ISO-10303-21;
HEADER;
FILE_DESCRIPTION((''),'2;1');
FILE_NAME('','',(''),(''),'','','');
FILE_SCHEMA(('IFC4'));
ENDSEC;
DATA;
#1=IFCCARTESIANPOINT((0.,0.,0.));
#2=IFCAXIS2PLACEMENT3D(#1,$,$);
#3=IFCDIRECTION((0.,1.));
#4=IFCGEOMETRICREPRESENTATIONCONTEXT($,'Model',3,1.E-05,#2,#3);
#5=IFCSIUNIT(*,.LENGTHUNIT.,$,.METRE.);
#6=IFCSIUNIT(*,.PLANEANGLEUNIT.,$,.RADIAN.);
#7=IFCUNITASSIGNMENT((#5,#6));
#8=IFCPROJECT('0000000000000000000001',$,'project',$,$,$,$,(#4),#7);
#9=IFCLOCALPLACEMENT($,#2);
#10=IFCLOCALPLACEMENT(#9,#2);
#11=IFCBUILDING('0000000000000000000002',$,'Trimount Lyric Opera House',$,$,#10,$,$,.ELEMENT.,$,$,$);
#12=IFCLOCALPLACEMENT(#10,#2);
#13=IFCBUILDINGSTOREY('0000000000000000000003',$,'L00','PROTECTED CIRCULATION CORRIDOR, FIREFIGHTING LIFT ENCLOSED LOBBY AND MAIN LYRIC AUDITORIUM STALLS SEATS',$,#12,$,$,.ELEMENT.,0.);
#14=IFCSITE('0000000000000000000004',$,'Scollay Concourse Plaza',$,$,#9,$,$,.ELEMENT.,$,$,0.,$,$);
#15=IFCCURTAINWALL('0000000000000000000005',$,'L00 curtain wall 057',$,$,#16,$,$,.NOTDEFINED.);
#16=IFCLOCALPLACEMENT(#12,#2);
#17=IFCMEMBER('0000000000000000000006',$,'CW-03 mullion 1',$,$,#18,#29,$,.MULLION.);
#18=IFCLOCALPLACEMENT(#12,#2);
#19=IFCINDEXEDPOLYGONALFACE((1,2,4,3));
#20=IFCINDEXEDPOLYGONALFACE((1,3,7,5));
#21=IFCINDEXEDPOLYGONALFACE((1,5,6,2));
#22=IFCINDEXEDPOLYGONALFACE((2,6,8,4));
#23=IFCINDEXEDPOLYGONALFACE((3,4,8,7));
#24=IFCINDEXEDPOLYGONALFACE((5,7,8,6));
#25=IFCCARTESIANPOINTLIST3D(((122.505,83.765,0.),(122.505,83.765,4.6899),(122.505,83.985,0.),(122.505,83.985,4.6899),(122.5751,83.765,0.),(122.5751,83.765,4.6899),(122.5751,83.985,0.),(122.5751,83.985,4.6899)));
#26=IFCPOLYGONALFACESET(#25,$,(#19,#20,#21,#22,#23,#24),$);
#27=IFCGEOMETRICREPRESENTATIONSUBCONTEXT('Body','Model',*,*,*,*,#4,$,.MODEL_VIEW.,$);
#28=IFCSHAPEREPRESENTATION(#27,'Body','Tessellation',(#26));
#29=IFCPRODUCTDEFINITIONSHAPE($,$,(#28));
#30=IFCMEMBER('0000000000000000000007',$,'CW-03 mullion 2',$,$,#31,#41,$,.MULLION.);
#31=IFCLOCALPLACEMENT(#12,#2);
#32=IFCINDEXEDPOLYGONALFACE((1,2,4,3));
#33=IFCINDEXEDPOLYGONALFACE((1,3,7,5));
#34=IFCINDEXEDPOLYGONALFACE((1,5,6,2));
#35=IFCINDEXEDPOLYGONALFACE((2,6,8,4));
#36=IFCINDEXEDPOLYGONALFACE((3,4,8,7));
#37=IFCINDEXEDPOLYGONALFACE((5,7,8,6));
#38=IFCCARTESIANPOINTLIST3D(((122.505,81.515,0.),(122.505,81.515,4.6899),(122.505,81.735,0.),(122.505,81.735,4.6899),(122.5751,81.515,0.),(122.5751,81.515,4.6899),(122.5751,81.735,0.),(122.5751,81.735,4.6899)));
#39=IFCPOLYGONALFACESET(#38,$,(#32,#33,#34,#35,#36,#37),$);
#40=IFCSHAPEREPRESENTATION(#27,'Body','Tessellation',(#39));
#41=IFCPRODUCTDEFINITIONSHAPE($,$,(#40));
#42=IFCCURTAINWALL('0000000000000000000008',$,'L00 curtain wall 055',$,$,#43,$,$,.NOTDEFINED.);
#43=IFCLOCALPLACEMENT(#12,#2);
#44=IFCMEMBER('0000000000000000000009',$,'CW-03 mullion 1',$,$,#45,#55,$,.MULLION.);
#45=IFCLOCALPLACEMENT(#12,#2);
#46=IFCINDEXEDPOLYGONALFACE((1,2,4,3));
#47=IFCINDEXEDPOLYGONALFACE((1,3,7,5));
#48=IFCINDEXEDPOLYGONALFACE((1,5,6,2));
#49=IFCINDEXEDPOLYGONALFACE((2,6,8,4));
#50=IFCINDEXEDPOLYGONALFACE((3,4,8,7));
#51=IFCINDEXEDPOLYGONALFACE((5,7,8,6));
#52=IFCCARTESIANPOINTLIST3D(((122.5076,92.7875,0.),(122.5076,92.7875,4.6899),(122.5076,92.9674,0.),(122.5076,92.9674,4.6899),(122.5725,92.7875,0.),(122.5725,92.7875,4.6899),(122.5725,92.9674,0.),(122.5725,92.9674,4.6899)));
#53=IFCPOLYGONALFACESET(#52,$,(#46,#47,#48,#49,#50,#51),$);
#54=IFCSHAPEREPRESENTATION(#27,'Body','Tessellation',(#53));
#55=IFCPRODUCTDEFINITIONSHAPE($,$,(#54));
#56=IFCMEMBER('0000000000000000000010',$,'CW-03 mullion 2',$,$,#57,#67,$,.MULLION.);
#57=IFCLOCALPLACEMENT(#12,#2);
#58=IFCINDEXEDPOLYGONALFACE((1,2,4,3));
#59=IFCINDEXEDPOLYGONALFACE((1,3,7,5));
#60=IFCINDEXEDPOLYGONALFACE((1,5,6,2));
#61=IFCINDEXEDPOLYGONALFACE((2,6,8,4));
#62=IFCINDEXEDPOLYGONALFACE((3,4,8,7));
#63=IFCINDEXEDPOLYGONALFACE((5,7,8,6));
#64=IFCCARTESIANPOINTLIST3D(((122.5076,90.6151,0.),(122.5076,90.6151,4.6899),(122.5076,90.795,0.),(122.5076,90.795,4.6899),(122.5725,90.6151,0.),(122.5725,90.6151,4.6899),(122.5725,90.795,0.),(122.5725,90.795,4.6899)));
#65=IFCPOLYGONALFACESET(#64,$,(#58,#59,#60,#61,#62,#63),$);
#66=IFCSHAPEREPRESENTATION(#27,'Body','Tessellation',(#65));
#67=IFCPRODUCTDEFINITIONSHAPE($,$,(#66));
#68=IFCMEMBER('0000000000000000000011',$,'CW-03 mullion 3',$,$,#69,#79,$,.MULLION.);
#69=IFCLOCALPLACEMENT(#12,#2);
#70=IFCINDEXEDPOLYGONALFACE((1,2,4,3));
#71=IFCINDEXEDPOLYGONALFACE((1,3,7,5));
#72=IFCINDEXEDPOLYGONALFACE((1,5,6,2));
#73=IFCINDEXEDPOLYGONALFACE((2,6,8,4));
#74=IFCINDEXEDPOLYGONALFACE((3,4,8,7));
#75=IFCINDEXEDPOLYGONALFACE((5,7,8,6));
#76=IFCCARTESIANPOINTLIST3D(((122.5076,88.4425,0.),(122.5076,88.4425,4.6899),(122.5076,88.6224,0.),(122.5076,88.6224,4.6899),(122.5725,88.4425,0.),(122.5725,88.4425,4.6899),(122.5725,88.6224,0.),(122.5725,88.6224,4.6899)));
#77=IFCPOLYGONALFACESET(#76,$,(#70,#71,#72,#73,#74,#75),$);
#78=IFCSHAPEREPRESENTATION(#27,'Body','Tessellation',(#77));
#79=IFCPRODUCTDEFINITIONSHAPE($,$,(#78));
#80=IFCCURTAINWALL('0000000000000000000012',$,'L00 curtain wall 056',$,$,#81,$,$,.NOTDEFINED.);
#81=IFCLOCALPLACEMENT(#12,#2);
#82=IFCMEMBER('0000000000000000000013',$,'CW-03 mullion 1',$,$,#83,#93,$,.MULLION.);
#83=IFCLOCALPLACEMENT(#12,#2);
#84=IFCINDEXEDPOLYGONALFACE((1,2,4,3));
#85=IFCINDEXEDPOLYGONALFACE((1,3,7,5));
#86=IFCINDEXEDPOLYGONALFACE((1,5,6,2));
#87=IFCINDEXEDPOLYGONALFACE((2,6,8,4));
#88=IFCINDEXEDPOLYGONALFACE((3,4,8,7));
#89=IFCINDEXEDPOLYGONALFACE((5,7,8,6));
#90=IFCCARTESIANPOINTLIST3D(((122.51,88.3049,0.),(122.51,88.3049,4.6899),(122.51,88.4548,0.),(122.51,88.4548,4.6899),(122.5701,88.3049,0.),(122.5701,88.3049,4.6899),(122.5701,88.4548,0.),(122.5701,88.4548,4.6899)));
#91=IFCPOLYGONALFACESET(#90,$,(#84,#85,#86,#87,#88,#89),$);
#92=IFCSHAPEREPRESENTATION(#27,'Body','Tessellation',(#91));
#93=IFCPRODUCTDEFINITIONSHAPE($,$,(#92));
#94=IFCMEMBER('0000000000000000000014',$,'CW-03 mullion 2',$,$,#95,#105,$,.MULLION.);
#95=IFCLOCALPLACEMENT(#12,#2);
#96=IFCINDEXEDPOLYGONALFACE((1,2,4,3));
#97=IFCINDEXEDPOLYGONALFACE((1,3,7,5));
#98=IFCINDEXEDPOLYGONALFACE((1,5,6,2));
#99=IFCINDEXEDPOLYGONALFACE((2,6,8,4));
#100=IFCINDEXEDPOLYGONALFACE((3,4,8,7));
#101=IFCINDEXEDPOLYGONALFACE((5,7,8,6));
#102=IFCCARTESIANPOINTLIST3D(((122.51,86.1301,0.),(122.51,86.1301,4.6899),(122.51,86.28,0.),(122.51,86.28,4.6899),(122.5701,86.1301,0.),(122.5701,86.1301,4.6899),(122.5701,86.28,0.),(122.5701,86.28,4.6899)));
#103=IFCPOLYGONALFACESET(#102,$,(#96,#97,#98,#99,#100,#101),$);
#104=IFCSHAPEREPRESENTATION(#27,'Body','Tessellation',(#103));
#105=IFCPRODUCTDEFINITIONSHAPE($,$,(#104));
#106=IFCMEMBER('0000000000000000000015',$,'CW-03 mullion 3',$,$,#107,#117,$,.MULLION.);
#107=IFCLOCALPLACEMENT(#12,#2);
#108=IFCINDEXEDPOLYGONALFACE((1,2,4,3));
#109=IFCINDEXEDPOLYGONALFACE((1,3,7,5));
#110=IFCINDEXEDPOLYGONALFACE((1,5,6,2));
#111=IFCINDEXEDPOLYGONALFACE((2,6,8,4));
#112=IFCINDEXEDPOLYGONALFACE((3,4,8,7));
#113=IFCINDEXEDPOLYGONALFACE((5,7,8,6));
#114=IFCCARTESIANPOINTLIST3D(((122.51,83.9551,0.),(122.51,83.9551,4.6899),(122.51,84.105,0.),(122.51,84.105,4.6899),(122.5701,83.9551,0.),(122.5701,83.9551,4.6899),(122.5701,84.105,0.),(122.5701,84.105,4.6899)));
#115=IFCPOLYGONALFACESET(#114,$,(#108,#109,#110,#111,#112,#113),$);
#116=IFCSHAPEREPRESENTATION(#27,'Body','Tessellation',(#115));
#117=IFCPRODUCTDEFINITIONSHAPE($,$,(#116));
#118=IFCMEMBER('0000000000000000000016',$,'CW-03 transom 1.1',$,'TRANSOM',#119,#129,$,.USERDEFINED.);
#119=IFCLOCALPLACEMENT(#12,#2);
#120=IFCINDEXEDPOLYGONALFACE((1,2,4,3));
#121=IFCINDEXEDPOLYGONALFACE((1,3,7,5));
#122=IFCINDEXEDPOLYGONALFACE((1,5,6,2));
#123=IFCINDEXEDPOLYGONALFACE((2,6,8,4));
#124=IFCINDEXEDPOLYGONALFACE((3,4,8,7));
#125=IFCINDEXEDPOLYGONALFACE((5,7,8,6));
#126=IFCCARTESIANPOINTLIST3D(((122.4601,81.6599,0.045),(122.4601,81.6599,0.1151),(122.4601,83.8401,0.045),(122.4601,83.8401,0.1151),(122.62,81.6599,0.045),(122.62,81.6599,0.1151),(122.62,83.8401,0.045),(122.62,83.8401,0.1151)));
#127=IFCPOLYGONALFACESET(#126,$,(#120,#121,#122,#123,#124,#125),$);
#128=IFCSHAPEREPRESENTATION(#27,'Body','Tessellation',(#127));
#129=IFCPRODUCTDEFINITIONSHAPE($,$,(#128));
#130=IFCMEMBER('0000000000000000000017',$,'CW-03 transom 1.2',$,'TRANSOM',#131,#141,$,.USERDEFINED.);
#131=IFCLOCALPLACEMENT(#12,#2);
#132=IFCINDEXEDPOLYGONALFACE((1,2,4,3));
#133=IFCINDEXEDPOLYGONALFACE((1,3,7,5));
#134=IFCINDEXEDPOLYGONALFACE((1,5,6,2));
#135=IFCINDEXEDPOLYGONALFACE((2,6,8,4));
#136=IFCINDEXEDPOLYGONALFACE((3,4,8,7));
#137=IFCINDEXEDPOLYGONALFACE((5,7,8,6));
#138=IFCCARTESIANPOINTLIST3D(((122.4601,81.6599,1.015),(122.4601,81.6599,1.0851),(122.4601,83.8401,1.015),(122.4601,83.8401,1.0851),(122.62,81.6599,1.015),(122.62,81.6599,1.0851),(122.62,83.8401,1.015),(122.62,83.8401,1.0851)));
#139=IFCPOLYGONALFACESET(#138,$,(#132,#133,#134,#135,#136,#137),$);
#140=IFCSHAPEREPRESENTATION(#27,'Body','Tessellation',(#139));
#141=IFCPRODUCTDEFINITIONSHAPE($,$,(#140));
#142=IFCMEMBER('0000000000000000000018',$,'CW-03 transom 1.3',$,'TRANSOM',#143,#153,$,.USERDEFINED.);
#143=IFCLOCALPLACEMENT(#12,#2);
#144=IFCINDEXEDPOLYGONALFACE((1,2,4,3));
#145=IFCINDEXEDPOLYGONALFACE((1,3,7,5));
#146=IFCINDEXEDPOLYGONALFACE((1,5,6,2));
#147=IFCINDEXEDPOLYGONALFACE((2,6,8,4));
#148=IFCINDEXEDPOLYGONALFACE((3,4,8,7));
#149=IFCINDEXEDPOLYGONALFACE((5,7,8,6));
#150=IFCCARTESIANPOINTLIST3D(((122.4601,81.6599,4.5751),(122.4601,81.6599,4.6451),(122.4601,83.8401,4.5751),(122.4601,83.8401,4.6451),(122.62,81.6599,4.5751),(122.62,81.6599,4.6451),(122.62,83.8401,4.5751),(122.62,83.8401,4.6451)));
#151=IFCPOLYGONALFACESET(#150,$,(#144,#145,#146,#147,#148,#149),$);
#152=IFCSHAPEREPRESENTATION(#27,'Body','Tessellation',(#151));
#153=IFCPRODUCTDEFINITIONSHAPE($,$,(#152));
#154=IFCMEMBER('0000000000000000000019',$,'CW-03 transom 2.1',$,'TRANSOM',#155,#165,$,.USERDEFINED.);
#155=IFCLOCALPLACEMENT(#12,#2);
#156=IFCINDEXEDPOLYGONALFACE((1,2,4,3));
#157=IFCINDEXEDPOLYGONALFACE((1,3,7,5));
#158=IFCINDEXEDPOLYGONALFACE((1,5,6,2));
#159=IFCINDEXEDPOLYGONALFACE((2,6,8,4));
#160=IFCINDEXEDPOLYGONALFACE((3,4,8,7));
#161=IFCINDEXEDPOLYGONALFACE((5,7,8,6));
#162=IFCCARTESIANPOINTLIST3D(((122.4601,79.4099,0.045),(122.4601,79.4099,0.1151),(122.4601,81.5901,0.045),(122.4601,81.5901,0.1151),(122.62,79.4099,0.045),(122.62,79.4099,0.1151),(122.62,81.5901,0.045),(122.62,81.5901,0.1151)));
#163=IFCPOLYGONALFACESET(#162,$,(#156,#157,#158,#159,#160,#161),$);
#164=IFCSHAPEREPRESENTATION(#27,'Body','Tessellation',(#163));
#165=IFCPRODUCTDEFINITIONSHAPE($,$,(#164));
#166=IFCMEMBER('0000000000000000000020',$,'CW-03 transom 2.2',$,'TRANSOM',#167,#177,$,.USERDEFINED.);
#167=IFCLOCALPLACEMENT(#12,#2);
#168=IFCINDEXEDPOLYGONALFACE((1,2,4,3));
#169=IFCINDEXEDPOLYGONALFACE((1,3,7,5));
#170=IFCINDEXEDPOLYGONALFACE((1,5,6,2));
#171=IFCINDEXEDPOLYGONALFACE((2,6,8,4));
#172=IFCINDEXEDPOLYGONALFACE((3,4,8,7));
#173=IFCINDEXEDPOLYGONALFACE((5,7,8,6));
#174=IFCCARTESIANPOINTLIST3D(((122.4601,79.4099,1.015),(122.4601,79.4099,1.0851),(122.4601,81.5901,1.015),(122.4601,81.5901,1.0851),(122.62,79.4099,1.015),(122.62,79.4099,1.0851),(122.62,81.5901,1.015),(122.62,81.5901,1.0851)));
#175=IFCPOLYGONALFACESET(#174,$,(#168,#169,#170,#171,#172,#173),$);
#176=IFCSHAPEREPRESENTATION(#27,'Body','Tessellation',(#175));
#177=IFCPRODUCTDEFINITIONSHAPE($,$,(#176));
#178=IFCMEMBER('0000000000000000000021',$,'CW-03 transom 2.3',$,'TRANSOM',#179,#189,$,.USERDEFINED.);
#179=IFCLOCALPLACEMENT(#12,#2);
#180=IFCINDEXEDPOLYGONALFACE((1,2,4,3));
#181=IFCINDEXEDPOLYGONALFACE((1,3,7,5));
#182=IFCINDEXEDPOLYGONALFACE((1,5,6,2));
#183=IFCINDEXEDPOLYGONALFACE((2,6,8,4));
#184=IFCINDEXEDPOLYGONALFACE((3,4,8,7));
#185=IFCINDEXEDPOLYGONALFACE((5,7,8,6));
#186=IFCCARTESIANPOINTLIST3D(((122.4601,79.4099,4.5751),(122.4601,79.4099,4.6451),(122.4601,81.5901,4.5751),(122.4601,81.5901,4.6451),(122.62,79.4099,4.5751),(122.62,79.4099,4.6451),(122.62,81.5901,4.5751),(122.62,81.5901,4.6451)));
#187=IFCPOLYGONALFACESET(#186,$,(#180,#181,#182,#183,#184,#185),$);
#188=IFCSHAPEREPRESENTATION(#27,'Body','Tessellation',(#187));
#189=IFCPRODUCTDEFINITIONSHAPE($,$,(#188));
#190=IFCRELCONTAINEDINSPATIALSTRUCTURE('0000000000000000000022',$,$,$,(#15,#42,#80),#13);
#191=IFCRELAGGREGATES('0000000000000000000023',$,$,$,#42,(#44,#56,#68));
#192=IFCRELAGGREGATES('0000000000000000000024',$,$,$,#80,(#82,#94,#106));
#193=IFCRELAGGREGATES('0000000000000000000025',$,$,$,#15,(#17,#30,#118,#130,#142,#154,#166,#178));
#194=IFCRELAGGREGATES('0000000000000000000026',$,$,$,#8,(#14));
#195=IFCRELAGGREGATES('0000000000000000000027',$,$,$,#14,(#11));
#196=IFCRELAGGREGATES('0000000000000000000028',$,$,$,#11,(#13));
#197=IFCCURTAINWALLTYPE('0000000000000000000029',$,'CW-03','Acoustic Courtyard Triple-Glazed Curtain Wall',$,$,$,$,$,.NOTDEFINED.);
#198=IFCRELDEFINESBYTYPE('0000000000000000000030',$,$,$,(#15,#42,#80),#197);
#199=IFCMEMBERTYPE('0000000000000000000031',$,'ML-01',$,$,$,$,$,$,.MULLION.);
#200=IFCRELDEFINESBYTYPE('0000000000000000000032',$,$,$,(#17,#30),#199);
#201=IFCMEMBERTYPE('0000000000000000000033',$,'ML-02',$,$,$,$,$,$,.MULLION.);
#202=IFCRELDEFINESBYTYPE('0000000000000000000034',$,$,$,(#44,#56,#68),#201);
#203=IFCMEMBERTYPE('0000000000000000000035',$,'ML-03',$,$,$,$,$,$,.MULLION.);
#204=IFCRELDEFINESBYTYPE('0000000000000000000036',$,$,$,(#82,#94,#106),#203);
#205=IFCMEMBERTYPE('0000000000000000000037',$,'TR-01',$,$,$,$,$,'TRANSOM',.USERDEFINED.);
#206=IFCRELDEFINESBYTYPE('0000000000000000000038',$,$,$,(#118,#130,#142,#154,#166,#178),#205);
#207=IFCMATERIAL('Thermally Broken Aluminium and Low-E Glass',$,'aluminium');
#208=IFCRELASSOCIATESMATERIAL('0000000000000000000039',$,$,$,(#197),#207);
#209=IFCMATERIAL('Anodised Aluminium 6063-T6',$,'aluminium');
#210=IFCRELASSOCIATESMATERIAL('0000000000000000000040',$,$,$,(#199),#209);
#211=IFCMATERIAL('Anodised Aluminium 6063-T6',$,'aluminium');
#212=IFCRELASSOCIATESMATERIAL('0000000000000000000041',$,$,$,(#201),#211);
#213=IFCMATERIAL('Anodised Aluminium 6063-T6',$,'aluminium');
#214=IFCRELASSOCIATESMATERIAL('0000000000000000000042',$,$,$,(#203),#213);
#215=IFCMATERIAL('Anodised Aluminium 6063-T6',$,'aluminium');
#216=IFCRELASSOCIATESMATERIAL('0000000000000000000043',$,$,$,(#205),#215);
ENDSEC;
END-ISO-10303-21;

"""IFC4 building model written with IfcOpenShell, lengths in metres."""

from ifc_helpers import new_model, si_unit, direction, frame, origin, origin_2d, place, context, subcontext, project, spatial, rectangle, extrude, material, material_profile, profile_set, type_object, element, aggregate, save


model = new_model("IFC4")

# Units and contexts
model_context = context("Model", 3, precision=1e-05, world=origin(), true_north=direction((0.0, 1.0)))
body_context = subcontext(model_context, "Body", "Model", "MODEL_VIEW")
ifc_project = project(units=[si_unit("LENGTHUNIT", "METRE"), si_unit("PLANEANGLEUNIT", "RADIAN")], contexts=[model_context])

# Site, building, storey
site_placement = place(None, origin())
site = spatial("IfcSite", under=ifc_project, at=site_placement, Name="Scollay Concourse Plaza", CompositionType="ELEMENT", RefElevation=0.0)
building_placement = place(site_placement, origin())
building = spatial("IfcBuilding", under=site, at=building_placement, Name="Trimount Lyric Opera House", CompositionType="ELEMENT")
storey_placement = place(building_placement, origin())
storey = spatial("IfcBuildingStorey", under=building, at=storey_placement, Name="L00", Description="PROTECTED CIRCULATION CORRIDOR, FIREFIGHTING LIFT ENCLOSED LOBBY AND MAIN LYRIC AUDITORIUM STALLS SEATS", CompositionType="ELEMENT", Elevation=0.0)

# Curtain walls, members
ifc_material_1 = material(Name="Thermally Broken Aluminium and Low-E Glass", Category="aluminium")
curtain_wall_type = type_object("IfcCurtainWallType", Name="CW-03", Description="Acoustic Courtyard Triple-Glazed Curtain Wall", PredefinedType="NOTDEFINED", material=ifc_material_1)
curtain_wall_1_placement = place(storey_placement, origin())
curtain_wall_1 = element("IfcCurtainWall", 1, at=curtain_wall_1_placement, inside=storey, type_object=curtain_wall_type, Name="L00 curtain wall 057", PredefinedType="NOTDEFINED")
ifc_material_2 = material(Name="Anodised Aluminium 6063-T6", Category="aluminium")
ifc_material_profile_1 = material_profile(ifc_material_2, rectangle(XDim=0.0701, YDim=0.22, at=origin_2d()), Name="ALU-MULL-70X220")
ifc_profile_set_1 = profile_set([ifc_material_profile_1], Name="Anodised Aluminium 6063-T6")
member_type_1 = type_object("IfcMemberType", Name="ML-01", PredefinedType="MULLION", material=ifc_profile_set_1)
member_1_placement = place(storey_placement, frame((122.54, 83.875, 0.0), z_axis=(0.0, 0.0, 1.0), x_axis=(1.0, 0.0, 0.0)))
member_1 = element("IfcMember", 2, at=member_1_placement, type_object=member_type_1, Name="CW-03 mullion 1", PredefinedType="MULLION", context=body_context, shape_type="SweptSolid", body=[
    extrude(rectangle(XDim=0.0701, YDim=0.22, at=origin_2d()), origin(), (0.0, 0.0, 1.0), 4.6899),
])
member_2_placement = place(storey_placement, frame((122.54, 81.625, 0.0), z_axis=(0.0, 0.0, 1.0), x_axis=(1.0, 0.0, 0.0)))
member_2 = element("IfcMember", 3, at=member_2_placement, type_object=member_type_1, Name="CW-03 mullion 2", PredefinedType="MULLION", context=body_context, shape_type="SweptSolid", body=[
    extrude(rectangle(XDim=0.0701, YDim=0.22, at=origin_2d()), origin(), (0.0, 0.0, 1.0), 4.6899),
])
curtain_wall_2_placement = place(storey_placement, origin())
curtain_wall_2 = element("IfcCurtainWall", 4, at=curtain_wall_2_placement, inside=storey, type_object=curtain_wall_type, Name="L00 curtain wall 055", PredefinedType="NOTDEFINED")
ifc_material_3 = material(Name="Anodised Aluminium 6063-T6", Category="aluminium")
ifc_material_profile_2 = material_profile(ifc_material_3, rectangle(XDim=0.0649, YDim=0.1799, at=origin_2d()), Name="ALU-MULL-65X180")
ifc_profile_set_2 = profile_set([ifc_material_profile_2], Name="Anodised Aluminium 6063-T6")
member_type_2 = type_object("IfcMemberType", Name="ML-02", PredefinedType="MULLION", material=ifc_profile_set_2)
member_3_placement = place(storey_placement, frame((122.54, 92.8774, 0.0), z_axis=(0.0, 0.0, 1.0), x_axis=(1.0, 0.0, 0.0)))
member_3 = element("IfcMember", 5, at=member_3_placement, type_object=member_type_2, Name="CW-03 mullion 1", PredefinedType="MULLION", context=body_context, shape_type="SweptSolid", body=[
    extrude(rectangle(XDim=0.0649, YDim=0.1799, at=origin_2d()), origin(), (0.0, 0.0, 1.0), 4.6899),
])
member_4_placement = place(storey_placement, frame((122.54, 90.7051, 0.0), z_axis=(0.0, 0.0, 1.0), x_axis=(1.0, 0.0, 0.0)))
member_4 = element("IfcMember", 6, at=member_4_placement, type_object=member_type_2, Name="CW-03 mullion 2", PredefinedType="MULLION", context=body_context, shape_type="SweptSolid", body=[
    extrude(rectangle(XDim=0.0649, YDim=0.1799, at=origin_2d()), origin(), (0.0, 0.0, 1.0), 4.6899),
])
member_5_placement = place(storey_placement, frame((122.54, 88.5325, 0.0), z_axis=(0.0, 0.0, 1.0), x_axis=(1.0, 0.0, 0.0)))
member_5 = element("IfcMember", 7, at=member_5_placement, type_object=member_type_2, Name="CW-03 mullion 3", PredefinedType="MULLION", context=body_context, shape_type="SweptSolid", body=[
    extrude(rectangle(XDim=0.0649, YDim=0.1799, at=origin_2d()), origin(), (0.0, 0.0, 1.0), 4.6899),
])
curtain_wall_3_placement = place(storey_placement, origin())
curtain_wall_3 = element("IfcCurtainWall", 8, at=curtain_wall_3_placement, inside=storey, type_object=curtain_wall_type, Name="L00 curtain wall 056", PredefinedType="NOTDEFINED")
ifc_material_4 = material(Name="Anodised Aluminium 6063-T6", Category="aluminium")
ifc_material_profile_3 = material_profile(ifc_material_4, rectangle(XDim=0.0601, YDim=0.1499, at=origin_2d()), Name="ALU-MULL-60X150")
ifc_profile_set_3 = profile_set([ifc_material_profile_3], Name="Anodised Aluminium 6063-T6")
member_type_3 = type_object("IfcMemberType", Name="ML-03", PredefinedType="MULLION", material=ifc_profile_set_3)
member_6_placement = place(storey_placement, frame((122.54, 88.3799, 0.0), z_axis=(0.0, 0.0, 1.0), x_axis=(1.0, 0.0, 0.0)))
member_6 = element("IfcMember", 9, at=member_6_placement, type_object=member_type_3, Name="CW-03 mullion 1", PredefinedType="MULLION", context=body_context, shape_type="SweptSolid", body=[
    extrude(rectangle(XDim=0.0601, YDim=0.1499, at=origin_2d()), origin(), (0.0, 0.0, 1.0), 4.6899),
])
member_7_placement = place(storey_placement, frame((122.54, 86.2051, 0.0), z_axis=(0.0, 0.0, 1.0), x_axis=(1.0, 0.0, 0.0)))
member_7 = element("IfcMember", 10, at=member_7_placement, type_object=member_type_3, Name="CW-03 mullion 2", PredefinedType="MULLION", context=body_context, shape_type="SweptSolid", body=[
    extrude(rectangle(XDim=0.0601, YDim=0.1499, at=origin_2d()), origin(), (0.0, 0.0, 1.0), 4.6899),
])
member_8_placement = place(storey_placement, frame((122.54, 84.03, 0.0), z_axis=(0.0, 0.0, 1.0), x_axis=(1.0, 0.0, 0.0)))
member_8 = element("IfcMember", 11, at=member_8_placement, type_object=member_type_3, Name="CW-03 mullion 3", PredefinedType="MULLION", context=body_context, shape_type="SweptSolid", body=[
    extrude(rectangle(XDim=0.0601, YDim=0.1499, at=origin_2d()), origin(), (0.0, 0.0, 1.0), 4.6899),
])

# Members
ifc_material_5 = material(Name="Anodised Aluminium 6063-T6", Category="aluminium")
ifc_material_profile_4 = material_profile(ifc_material_5, rectangle(XDim=0.1599, YDim=0.0701, at=origin_2d()), Name="ALU-TRAN-70X160")
ifc_profile_set_4 = profile_set([ifc_material_profile_4], Name="Anodised Aluminium 6063-T6")
member_type_4 = type_object("IfcMemberType", Name="TR-01", ElementType="TRANSOM", PredefinedType="USERDEFINED", material=ifc_profile_set_4)
member_9_placement = place(storey_placement, frame((122.54, 83.8401, 0.0801), z_axis=(0.0, -1.0, 0.0), x_axis=(1.0, 0.0, 0.0)))
member_9 = element("IfcMember", 12, at=member_9_placement, type_object=member_type_4, Name="CW-03 transom 1.1", ObjectType="TRANSOM", PredefinedType="USERDEFINED", context=body_context, shape_type="SweptSolid", body=[
    extrude(rectangle(XDim=0.1599, YDim=0.0701, at=origin_2d()), origin(), (0.0, 0.0, 1.0), 2.1802),
])
member_10_placement = place(storey_placement, frame((122.54, 83.8401, 1.05), z_axis=(0.0, -1.0, 0.0), x_axis=(1.0, 0.0, 0.0)))
member_10 = element("IfcMember", 13, at=member_10_placement, type_object=member_type_4, Name="CW-03 transom 1.2", ObjectType="TRANSOM", PredefinedType="USERDEFINED", context=body_context, shape_type="SweptSolid", body=[
    extrude(rectangle(XDim=0.1599, YDim=0.0701, at=origin_2d()), origin(), (0.0, 0.0, 1.0), 2.1802),
])
member_11_placement = place(storey_placement, frame((122.54, 83.8401, 4.6101), z_axis=(0.0, -1.0, 0.0), x_axis=(1.0, 0.0, 0.0)))
member_11 = element("IfcMember", 14, at=member_11_placement, type_object=member_type_4, Name="CW-03 transom 1.3", ObjectType="TRANSOM", PredefinedType="USERDEFINED", context=body_context, shape_type="SweptSolid", body=[
    extrude(rectangle(XDim=0.1599, YDim=0.0701, at=origin_2d()), origin(), (0.0, 0.0, 1.0), 2.1802),
])
member_12_placement = place(storey_placement, frame((122.54, 81.5901, 0.0801), z_axis=(0.0, -1.0, 0.0), x_axis=(1.0, 0.0, 0.0)))
member_12 = element("IfcMember", 15, at=member_12_placement, type_object=member_type_4, Name="CW-03 transom 2.1", ObjectType="TRANSOM", PredefinedType="USERDEFINED", context=body_context, shape_type="SweptSolid", body=[
    extrude(rectangle(XDim=0.1599, YDim=0.0701, at=origin_2d()), origin(), (0.0, 0.0, 1.0), 2.1802),
])
member_13_placement = place(storey_placement, frame((122.54, 81.5901, 1.05), z_axis=(0.0, -1.0, 0.0), x_axis=(1.0, 0.0, 0.0)))
member_13 = element("IfcMember", 16, at=member_13_placement, type_object=member_type_4, Name="CW-03 transom 2.2", ObjectType="TRANSOM", PredefinedType="USERDEFINED", context=body_context, shape_type="SweptSolid", body=[
    extrude(rectangle(XDim=0.1599, YDim=0.0701, at=origin_2d()), origin(), (0.0, 0.0, 1.0), 2.1802),
])
member_14_placement = place(storey_placement, frame((122.54, 81.5901, 4.6101), z_axis=(0.0, -1.0, 0.0), x_axis=(1.0, 0.0, 0.0)))
member_14 = element("IfcMember", 17, at=member_14_placement, type_object=member_type_4, Name="CW-03 transom 2.3", ObjectType="TRANSOM", PredefinedType="USERDEFINED", context=body_context, shape_type="SweptSolid", body=[
    extrude(rectangle(XDim=0.1599, YDim=0.0701, at=origin_2d()), origin(), (0.0, 0.0, 1.0), 2.1802),
])

aggregate(curtain_wall_2, [member_3, member_4, member_5])
aggregate(curtain_wall_3, [member_6, member_7, member_8])
aggregate(curtain_wall_1, [member_1, member_2, member_9, member_10, member_11, member_12, member_13, member_14])

save(model, "model.ifc")
